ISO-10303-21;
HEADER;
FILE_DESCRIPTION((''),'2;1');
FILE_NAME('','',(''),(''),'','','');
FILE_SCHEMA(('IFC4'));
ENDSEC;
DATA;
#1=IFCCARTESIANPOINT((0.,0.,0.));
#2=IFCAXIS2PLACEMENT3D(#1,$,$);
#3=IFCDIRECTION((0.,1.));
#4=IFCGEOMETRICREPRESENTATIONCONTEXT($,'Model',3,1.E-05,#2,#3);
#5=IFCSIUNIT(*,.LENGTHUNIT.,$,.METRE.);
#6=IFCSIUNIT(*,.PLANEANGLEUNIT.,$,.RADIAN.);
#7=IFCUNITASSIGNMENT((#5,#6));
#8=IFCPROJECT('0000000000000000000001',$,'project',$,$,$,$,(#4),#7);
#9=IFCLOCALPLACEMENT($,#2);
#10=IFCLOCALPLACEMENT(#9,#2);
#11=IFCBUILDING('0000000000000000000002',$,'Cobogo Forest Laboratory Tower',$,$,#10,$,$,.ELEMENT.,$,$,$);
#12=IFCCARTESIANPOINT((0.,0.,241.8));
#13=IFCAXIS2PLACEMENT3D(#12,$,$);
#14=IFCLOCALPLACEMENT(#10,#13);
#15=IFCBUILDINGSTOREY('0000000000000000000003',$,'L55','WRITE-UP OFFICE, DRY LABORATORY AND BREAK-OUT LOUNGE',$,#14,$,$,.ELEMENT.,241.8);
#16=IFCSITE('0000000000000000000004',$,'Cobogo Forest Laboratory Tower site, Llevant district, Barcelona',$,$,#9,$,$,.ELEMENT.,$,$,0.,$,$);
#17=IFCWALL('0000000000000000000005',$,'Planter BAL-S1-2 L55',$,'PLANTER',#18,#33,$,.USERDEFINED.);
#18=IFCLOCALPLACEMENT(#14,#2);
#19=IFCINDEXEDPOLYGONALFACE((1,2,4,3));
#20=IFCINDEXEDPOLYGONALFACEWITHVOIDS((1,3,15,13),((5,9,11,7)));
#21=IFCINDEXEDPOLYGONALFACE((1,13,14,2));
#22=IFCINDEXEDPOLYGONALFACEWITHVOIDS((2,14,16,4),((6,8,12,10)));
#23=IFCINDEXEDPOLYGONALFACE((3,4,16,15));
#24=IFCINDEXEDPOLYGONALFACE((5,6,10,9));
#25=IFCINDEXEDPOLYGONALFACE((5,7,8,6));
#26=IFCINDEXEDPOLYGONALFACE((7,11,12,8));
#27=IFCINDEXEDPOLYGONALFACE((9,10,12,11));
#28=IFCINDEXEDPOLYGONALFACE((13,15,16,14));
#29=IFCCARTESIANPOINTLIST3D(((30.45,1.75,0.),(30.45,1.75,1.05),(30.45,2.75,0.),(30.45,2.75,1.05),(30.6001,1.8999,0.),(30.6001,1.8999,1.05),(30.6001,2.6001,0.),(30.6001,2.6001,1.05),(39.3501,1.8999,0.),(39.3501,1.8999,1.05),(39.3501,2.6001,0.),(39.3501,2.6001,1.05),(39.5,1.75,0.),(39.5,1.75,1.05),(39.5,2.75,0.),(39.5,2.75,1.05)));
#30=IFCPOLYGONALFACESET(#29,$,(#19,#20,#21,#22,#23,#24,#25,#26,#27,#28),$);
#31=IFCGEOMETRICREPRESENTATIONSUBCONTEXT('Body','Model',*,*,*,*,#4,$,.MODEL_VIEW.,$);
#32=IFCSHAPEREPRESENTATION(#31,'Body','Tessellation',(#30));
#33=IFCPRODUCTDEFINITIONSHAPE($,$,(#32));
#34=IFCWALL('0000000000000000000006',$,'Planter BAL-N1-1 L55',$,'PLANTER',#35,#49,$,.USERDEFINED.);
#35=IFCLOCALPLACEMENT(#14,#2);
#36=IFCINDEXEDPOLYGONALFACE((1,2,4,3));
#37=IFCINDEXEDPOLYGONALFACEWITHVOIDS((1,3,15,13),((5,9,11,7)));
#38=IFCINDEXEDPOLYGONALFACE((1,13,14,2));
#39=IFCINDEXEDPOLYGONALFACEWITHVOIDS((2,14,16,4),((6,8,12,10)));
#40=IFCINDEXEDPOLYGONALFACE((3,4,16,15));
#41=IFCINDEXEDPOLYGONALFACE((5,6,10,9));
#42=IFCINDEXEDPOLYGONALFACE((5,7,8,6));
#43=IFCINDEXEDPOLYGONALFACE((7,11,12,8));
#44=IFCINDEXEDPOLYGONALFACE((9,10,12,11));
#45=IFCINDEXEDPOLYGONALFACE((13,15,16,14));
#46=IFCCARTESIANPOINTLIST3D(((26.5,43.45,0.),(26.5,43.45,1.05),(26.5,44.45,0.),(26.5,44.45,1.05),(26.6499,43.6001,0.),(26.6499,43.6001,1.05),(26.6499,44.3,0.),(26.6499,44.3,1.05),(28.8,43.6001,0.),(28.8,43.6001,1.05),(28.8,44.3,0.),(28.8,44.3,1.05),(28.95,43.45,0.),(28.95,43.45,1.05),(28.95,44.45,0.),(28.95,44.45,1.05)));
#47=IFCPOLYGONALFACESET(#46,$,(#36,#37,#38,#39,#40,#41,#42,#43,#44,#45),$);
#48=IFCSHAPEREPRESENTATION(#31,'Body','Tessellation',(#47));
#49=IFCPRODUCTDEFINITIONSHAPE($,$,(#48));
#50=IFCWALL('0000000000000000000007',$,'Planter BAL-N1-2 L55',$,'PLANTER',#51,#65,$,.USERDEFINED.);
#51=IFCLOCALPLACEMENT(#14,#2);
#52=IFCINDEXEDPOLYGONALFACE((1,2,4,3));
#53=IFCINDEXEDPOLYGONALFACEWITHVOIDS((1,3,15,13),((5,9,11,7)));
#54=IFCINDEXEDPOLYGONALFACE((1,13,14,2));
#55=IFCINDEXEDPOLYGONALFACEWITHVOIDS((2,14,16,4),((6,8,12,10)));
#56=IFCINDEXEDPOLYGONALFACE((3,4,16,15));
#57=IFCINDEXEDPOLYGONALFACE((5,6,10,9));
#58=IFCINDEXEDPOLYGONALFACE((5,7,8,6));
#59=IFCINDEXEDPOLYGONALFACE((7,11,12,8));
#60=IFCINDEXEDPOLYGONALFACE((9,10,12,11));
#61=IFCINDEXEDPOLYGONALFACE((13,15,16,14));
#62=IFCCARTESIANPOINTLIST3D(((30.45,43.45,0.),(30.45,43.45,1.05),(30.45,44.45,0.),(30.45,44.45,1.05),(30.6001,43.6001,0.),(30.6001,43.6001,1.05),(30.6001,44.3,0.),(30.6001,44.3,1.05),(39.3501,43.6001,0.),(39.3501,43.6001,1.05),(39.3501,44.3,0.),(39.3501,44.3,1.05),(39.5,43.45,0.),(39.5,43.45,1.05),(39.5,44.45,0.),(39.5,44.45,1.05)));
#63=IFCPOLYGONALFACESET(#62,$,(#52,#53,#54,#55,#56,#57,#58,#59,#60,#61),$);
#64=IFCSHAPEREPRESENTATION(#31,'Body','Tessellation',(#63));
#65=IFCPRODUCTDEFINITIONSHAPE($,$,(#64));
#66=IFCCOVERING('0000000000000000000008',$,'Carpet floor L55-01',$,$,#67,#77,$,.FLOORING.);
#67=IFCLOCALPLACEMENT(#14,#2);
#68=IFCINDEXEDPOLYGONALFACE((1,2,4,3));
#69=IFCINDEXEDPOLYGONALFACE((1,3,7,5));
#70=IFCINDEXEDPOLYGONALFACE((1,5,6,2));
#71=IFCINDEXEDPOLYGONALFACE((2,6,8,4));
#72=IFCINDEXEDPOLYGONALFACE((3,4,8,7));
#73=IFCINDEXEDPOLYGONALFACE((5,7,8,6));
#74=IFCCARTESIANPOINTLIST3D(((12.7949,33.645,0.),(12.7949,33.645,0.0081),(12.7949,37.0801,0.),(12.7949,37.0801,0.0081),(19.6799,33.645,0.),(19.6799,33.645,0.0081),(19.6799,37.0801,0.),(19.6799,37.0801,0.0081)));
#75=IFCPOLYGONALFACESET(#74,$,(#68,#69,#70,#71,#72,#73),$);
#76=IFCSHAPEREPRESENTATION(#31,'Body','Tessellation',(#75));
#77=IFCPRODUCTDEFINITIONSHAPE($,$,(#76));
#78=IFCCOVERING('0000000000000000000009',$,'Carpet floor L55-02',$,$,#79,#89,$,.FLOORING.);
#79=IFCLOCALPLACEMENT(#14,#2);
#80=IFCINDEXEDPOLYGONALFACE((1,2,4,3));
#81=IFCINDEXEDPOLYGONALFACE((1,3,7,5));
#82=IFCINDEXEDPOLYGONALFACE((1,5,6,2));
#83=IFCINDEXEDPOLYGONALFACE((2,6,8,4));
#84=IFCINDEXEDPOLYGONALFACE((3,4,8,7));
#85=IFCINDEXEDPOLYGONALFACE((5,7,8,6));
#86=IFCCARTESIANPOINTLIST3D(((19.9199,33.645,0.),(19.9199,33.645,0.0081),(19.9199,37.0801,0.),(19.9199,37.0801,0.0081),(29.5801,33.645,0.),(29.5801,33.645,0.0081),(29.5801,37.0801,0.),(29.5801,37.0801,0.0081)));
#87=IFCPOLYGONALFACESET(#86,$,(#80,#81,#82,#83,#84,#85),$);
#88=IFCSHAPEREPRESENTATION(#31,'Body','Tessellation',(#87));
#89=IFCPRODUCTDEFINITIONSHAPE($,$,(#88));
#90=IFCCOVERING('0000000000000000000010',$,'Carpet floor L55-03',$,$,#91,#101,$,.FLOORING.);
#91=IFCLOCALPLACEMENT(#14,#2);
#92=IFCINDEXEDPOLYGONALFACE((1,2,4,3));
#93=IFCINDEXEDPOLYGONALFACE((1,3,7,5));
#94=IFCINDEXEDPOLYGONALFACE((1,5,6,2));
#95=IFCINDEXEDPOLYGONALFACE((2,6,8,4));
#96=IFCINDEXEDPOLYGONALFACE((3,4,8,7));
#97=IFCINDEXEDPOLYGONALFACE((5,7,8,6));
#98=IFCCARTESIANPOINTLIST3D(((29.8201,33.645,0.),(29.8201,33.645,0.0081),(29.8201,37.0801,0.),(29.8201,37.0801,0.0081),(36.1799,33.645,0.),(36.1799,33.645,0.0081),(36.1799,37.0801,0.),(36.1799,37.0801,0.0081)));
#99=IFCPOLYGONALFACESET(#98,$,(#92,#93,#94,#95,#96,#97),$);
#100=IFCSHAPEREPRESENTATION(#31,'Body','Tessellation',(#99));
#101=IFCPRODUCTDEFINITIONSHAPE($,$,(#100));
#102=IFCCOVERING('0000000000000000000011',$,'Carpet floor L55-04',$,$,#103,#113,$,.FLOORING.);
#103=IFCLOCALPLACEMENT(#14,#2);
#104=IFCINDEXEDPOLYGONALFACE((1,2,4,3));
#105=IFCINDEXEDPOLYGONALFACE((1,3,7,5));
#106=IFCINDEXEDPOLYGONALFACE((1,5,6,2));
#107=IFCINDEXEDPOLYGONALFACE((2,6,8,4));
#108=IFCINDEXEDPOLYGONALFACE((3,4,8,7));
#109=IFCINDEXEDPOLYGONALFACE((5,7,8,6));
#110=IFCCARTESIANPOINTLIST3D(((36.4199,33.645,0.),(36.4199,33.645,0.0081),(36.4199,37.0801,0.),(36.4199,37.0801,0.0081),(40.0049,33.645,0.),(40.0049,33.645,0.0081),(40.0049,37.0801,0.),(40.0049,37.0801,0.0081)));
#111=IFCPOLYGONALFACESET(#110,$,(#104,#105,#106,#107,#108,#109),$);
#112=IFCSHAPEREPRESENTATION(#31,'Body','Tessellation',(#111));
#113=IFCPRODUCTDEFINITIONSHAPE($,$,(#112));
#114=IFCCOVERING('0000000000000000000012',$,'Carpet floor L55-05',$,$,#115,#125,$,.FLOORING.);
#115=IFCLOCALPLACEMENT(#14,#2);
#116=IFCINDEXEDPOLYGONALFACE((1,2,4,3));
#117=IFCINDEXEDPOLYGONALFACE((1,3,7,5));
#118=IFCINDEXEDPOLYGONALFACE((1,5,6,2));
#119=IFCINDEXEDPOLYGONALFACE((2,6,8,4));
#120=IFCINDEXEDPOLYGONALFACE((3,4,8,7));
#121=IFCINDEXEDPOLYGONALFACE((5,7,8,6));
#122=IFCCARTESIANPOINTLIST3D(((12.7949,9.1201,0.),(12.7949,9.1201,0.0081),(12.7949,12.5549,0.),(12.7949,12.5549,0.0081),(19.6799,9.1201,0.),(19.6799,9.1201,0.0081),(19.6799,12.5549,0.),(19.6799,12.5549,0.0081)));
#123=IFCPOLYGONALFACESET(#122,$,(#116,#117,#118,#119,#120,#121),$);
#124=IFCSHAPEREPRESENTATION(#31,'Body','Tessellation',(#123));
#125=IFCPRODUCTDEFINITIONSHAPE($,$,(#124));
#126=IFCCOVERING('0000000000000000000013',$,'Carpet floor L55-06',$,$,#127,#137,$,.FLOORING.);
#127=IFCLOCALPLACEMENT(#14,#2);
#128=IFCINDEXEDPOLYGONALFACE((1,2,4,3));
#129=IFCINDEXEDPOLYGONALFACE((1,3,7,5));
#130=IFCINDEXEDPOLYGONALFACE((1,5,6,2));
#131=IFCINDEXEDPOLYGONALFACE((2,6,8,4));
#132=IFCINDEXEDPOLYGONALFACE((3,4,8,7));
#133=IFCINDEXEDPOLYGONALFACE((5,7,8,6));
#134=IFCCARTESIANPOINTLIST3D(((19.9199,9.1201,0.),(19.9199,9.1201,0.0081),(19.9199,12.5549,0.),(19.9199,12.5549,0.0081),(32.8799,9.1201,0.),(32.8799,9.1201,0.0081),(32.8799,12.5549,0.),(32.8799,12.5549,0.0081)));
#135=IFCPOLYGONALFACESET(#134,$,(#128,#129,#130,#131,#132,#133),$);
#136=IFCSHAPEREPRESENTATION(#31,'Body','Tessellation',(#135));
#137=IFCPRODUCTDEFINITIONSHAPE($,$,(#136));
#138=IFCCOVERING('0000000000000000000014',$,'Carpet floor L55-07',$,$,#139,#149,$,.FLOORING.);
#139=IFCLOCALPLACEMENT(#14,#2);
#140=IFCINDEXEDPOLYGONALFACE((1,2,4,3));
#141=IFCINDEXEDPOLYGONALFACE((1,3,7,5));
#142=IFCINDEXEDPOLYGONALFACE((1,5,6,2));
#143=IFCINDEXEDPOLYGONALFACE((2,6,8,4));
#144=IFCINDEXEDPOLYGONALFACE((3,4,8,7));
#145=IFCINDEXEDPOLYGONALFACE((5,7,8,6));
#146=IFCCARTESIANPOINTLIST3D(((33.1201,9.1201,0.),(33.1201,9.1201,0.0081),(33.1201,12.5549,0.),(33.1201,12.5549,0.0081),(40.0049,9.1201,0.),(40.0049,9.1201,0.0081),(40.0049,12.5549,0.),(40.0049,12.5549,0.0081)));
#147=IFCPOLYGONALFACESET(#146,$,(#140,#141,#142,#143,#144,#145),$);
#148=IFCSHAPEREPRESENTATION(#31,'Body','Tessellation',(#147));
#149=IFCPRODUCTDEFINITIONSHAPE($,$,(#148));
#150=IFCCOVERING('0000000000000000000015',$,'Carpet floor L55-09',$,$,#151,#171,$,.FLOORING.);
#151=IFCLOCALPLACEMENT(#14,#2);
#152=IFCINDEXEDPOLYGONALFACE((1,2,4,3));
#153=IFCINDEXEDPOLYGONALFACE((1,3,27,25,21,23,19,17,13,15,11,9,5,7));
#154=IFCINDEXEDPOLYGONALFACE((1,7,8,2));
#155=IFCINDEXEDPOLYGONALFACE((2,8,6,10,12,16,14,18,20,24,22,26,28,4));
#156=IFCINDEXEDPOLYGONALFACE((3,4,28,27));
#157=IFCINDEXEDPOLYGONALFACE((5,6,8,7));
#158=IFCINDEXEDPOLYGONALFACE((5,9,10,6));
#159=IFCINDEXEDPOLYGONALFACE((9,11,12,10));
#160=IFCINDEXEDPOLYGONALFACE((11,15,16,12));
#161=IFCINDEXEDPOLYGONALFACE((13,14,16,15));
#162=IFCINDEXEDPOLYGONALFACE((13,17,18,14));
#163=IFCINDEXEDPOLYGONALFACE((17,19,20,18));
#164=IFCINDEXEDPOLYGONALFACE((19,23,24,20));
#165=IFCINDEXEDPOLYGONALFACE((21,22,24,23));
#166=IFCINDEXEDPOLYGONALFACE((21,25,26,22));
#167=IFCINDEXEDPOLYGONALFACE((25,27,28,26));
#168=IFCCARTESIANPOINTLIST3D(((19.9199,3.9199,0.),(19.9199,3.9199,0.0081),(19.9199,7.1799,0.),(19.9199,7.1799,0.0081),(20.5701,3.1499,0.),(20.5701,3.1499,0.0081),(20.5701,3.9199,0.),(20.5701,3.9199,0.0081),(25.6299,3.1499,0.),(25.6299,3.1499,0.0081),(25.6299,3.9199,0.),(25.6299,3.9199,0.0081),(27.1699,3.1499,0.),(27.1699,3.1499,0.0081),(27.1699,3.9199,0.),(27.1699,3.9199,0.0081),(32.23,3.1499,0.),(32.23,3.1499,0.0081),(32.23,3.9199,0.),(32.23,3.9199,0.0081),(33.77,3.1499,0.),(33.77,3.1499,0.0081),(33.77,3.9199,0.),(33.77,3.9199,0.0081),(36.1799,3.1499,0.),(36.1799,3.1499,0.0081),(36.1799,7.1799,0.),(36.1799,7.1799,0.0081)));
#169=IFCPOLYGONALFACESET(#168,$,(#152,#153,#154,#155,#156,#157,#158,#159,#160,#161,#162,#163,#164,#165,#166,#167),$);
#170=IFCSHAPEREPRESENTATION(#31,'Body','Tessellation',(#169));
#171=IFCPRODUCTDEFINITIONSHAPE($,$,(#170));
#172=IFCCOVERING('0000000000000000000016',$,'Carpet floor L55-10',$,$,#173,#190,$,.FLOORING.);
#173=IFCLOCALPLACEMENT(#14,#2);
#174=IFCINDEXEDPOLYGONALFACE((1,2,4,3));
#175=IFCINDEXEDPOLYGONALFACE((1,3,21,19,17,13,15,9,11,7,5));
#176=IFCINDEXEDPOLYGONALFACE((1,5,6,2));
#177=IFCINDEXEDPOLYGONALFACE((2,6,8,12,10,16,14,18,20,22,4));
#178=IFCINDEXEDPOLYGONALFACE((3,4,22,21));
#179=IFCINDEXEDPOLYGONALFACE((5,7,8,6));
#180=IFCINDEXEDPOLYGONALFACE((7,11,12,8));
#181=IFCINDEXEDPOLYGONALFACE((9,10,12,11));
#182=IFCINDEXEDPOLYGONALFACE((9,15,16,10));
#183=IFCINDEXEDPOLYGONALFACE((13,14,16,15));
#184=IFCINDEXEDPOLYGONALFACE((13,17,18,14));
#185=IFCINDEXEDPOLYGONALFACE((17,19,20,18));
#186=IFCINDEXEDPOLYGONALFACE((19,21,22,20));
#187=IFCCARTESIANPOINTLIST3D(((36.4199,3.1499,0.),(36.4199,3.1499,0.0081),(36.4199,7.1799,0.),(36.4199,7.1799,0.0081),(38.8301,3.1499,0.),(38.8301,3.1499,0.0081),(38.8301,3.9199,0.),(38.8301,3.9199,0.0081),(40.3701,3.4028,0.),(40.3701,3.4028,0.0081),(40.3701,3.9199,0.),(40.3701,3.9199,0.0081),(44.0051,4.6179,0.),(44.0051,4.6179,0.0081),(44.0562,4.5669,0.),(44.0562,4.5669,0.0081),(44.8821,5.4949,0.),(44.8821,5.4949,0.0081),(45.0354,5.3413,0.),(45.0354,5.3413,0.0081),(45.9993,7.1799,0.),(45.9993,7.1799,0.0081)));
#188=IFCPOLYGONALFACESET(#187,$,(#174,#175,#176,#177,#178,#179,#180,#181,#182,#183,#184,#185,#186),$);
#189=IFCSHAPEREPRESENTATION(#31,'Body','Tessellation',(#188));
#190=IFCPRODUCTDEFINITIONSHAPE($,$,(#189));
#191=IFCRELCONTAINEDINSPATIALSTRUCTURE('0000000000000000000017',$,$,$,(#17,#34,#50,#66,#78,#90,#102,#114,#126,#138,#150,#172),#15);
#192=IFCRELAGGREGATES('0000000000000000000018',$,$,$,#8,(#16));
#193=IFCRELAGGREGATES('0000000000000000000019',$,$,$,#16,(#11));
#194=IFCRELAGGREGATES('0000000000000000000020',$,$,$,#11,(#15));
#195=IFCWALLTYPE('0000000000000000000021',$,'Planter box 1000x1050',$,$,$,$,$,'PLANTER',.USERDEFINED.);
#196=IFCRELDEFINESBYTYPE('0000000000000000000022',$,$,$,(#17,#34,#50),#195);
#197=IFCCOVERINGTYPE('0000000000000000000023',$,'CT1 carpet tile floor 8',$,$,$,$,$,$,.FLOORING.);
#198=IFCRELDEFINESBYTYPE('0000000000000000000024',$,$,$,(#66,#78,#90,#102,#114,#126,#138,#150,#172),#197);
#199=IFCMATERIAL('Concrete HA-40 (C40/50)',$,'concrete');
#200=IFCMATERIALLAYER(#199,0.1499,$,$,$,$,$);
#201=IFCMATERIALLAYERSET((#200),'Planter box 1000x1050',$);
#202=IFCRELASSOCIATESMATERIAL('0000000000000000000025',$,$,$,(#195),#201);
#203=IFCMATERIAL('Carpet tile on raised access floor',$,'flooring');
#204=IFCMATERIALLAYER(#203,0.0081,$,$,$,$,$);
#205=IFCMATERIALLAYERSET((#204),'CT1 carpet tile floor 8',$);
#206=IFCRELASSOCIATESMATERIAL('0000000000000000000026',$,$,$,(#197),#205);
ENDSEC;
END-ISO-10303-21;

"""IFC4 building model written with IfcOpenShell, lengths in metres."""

from ifc_helpers import new_model, si_unit, direction, frame, origin, place, context, subcontext, project, spatial, polyline, outline, extrude, material, layer, layer_set, type_object, element, save


model = new_model("IFC4")

# Units and contexts
model_context = context("Model", 3, precision=1e-05, world=origin(), true_north=direction((0.0, 1.0)))
body_context = subcontext(model_context, "Body", "Model", "MODEL_VIEW")
ifc_project = project(units=[si_unit("LENGTHUNIT", "METRE"), si_unit("PLANEANGLEUNIT", "RADIAN")], contexts=[model_context])

# Site, building, storey
site_placement = place(None, origin())
site = spatial("IfcSite", under=ifc_project, at=site_placement, Name="Cobogo Forest Laboratory Tower site, Llevant district, Barcelona", CompositionType="ELEMENT", RefElevation=0.0)
building_placement = place(site_placement, origin())
building = spatial("IfcBuilding", under=site, at=building_placement, Name="Cobogo Forest Laboratory Tower", CompositionType="ELEMENT")
storey_placement = place(building_placement, frame((0.0, 0.0, 241.8)))
storey = spatial("IfcBuildingStorey", under=building, at=storey_placement, Name="L55", Description="WRITE-UP OFFICE, DRY LABORATORY AND BREAK-OUT LOUNGE", CompositionType="ELEMENT", Elevation=241.8)

# Shared definitions
ifc_material_1 = material(Name="Concrete HA-40 (C40/50)", Category="concrete")

# Walls
ifc_layer_1 = layer(ifc_material_1, 0.1499)
ifc_layer_set_1 = layer_set([ifc_layer_1], Name="Planter box 1000x1050")
wall_type = type_object("IfcWallType", Name="Planter box 1000x1050", ElementType="PLANTER", PredefinedType="USERDEFINED", material=ifc_layer_set_1)
wall_1_placement = place(storey_placement, origin())
element("IfcWall", 1, at=wall_1_placement, inside=storey, type_object=wall_type, Name="Planter BAL-S1-2 L55", ObjectType="PLANTER", PredefinedType="USERDEFINED", context=body_context, shape_type="SweptSolid", body=[
    extrude(outline(polyline([(30.45, 1.75), (39.5, 1.75), (39.5, 2.75), (30.45, 2.75), (30.45, 1.75)]), holes=[polyline([(30.6001, 1.8999), (39.3501, 1.8999), (39.3501, 2.6001), (30.6001, 2.6001), (30.6001, 1.8999)])]), origin(), (0.0, 0.0, 1.0), 1.05),
])
wall_2_placement = place(storey_placement, origin())
element("IfcWall", 2, at=wall_2_placement, inside=storey, type_object=wall_type, Name="Planter BAL-N1-1 L55", ObjectType="PLANTER", PredefinedType="USERDEFINED", context=body_context, shape_type="SweptSolid", body=[
    extrude(outline(polyline([(26.5, 43.45), (28.95, 43.45), (28.95, 44.45), (26.5, 44.45), (26.5, 43.45)]), holes=[polyline([(26.6499, 43.6001), (28.8, 43.6001), (28.8, 44.3), (26.6499, 44.3), (26.6499, 43.6001)])]), origin(), (0.0, 0.0, 1.0), 1.05),
])
wall_3_placement = place(storey_placement, origin())
element("IfcWall", 3, at=wall_3_placement, inside=storey, type_object=wall_type, Name="Planter BAL-N1-2 L55", ObjectType="PLANTER", PredefinedType="USERDEFINED", context=body_context, shape_type="SweptSolid", body=[
    extrude(outline(polyline([(30.45, 43.45), (39.5, 43.45), (39.5, 44.45), (30.45, 44.45), (30.45, 43.45)]), holes=[polyline([(30.6001, 43.6001), (39.3501, 43.6001), (39.3501, 44.3), (30.6001, 44.3), (30.6001, 43.6001)])]), origin(), (0.0, 0.0, 1.0), 1.05),
])

# Coverings
ifc_material_2 = material(Name="Carpet tile on raised access floor", Category="flooring")
ifc_layer_2 = layer(ifc_material_2, 0.0081)
ifc_layer_set_2 = layer_set([ifc_layer_2], Name="CT1 carpet tile floor 8")
covering_type_1 = type_object("IfcCoveringType", Name="CT1 carpet tile floor 8", PredefinedType="FLOORING", material=ifc_layer_set_2)
covering_1_placement = place(storey_placement, origin())
element("IfcCovering", 4, at=covering_1_placement, inside=storey, type_object=covering_type_1, Name="Carpet floor L55-01", PredefinedType="FLOORING", context=body_context, shape_type="SweptSolid", body=[
    extrude(outline(polyline([(19.6799, 33.645), (12.7949, 33.645), (12.7949, 37.0801), (19.6799, 37.0801), (19.6799, 33.645)])), origin(), (0.0, 0.0, 1.0), 0.0081),
])
covering_2_placement = place(storey_placement, origin())
element("IfcCovering", 5, at=covering_2_placement, inside=storey, type_object=covering_type_1, Name="Carpet floor L55-02", PredefinedType="FLOORING", context=body_context, shape_type="SweptSolid", body=[
    extrude(outline(polyline([(29.5801, 33.645), (19.9199, 33.645), (19.9199, 37.0801), (29.5801, 37.0801), (29.5801, 33.645)])), origin(), (0.0, 0.0, 1.0), 0.0081),
])
covering_3_placement = place(storey_placement, origin())
element("IfcCovering", 6, at=covering_3_placement, inside=storey, type_object=covering_type_1, Name="Carpet floor L55-03", PredefinedType="FLOORING", context=body_context, shape_type="SweptSolid", body=[
    extrude(outline(polyline([(36.1799, 33.645), (29.8201, 33.645), (29.8201, 37.0801), (36.1799, 37.0801), (36.1799, 33.645)])), origin(), (0.0, 0.0, 1.0), 0.0081),
])
covering_4_placement = place(storey_placement, origin())
element("IfcCovering", 7, at=covering_4_placement, inside=storey, type_object=covering_type_1, Name="Carpet floor L55-04", PredefinedType="FLOORING", context=body_context, shape_type="SweptSolid", body=[
    extrude(outline(polyline([(40.0049, 33.645), (36.4199, 33.645), (36.4199, 37.0801), (40.0049, 37.0801), (40.0049, 33.645)])), origin(), (0.0, 0.0, 1.0), 0.0081),
])
covering_5_placement = place(storey_placement, origin())
element("IfcCovering", 8, at=covering_5_placement, inside=storey, type_object=covering_type_1, Name="Carpet floor L55-05", PredefinedType="FLOORING", context=body_context, shape_type="SweptSolid", body=[
    extrude(outline(polyline([(19.6799, 9.1201), (12.7949, 9.1201), (12.7949, 12.5549), (19.6799, 12.5549), (19.6799, 9.1201)])), origin(), (0.0, 0.0, 1.0), 0.0081),
])
covering_6_placement = place(storey_placement, origin())
element("IfcCovering", 9, at=covering_6_placement, inside=storey, type_object=covering_type_1, Name="Carpet floor L55-06", PredefinedType="FLOORING", context=body_context, shape_type="SweptSolid", body=[
    extrude(outline(polyline([(32.8799, 9.1201), (19.9199, 9.1201), (19.9199, 12.5549), (32.8799, 12.5549), (32.8799, 9.1201)])), origin(), (0.0, 0.0, 1.0), 0.0081),
])
covering_7_placement = place(storey_placement, origin())
element("IfcCovering", 10, at=covering_7_placement, inside=storey, type_object=covering_type_1, Name="Carpet floor L55-07", PredefinedType="FLOORING", context=body_context, shape_type="SweptSolid", body=[
    extrude(outline(polyline([(40.0049, 9.1201), (33.1201, 9.1201), (33.1201, 12.5549), (40.0049, 12.5549), (40.0049, 9.1201)])), origin(), (0.0, 0.0, 1.0), 0.0081),
])
covering_8_placement = place(storey_placement, origin())
element("IfcCovering", 11, at=covering_8_placement, inside=storey, type_object=covering_type_1, Name="Carpet floor L55-09", PredefinedType="FLOORING", context=body_context, shape_type="SweptSolid", body=[
    extrude(outline(polyline([(36.1799, 7.1799), (36.1799, 3.1499), (33.77, 3.1499), (33.77, 3.9199), (32.23, 3.9199), (32.23, 3.1499), (27.1699, 3.1499), (27.1699, 3.9199), (25.6299, 3.9199), (25.6299, 3.1499), (20.5701, 3.1499), (20.5701, 3.9199), (19.9199, 3.9199), (19.9199, 7.1799), (36.1799, 7.1799)])), origin(), (0.0, 0.0, 1.0), 0.0081),
])
covering_9_placement = place(storey_placement, origin())
element("IfcCovering", 12, at=covering_9_placement, inside=storey, type_object=covering_type_1, Name="Carpet floor L55-10", PredefinedType="FLOORING", context=body_context, shape_type="SweptSolid", body=[
    extrude(outline(polyline([(44.0562, 4.5669), (40.3701, 3.4028), (40.3701, 3.9199), (38.8301, 3.9199), (38.8301, 3.1499), (36.4199, 3.1499), (36.4199, 7.1799), (45.9993, 7.1799), (45.0354, 5.3413), (44.8821, 5.4949), (44.0051, 4.6179), (44.0562, 4.5669)])), origin(), (0.0, 0.0, 1.0), 0.0081),
])

save(model, "model.ifc")
